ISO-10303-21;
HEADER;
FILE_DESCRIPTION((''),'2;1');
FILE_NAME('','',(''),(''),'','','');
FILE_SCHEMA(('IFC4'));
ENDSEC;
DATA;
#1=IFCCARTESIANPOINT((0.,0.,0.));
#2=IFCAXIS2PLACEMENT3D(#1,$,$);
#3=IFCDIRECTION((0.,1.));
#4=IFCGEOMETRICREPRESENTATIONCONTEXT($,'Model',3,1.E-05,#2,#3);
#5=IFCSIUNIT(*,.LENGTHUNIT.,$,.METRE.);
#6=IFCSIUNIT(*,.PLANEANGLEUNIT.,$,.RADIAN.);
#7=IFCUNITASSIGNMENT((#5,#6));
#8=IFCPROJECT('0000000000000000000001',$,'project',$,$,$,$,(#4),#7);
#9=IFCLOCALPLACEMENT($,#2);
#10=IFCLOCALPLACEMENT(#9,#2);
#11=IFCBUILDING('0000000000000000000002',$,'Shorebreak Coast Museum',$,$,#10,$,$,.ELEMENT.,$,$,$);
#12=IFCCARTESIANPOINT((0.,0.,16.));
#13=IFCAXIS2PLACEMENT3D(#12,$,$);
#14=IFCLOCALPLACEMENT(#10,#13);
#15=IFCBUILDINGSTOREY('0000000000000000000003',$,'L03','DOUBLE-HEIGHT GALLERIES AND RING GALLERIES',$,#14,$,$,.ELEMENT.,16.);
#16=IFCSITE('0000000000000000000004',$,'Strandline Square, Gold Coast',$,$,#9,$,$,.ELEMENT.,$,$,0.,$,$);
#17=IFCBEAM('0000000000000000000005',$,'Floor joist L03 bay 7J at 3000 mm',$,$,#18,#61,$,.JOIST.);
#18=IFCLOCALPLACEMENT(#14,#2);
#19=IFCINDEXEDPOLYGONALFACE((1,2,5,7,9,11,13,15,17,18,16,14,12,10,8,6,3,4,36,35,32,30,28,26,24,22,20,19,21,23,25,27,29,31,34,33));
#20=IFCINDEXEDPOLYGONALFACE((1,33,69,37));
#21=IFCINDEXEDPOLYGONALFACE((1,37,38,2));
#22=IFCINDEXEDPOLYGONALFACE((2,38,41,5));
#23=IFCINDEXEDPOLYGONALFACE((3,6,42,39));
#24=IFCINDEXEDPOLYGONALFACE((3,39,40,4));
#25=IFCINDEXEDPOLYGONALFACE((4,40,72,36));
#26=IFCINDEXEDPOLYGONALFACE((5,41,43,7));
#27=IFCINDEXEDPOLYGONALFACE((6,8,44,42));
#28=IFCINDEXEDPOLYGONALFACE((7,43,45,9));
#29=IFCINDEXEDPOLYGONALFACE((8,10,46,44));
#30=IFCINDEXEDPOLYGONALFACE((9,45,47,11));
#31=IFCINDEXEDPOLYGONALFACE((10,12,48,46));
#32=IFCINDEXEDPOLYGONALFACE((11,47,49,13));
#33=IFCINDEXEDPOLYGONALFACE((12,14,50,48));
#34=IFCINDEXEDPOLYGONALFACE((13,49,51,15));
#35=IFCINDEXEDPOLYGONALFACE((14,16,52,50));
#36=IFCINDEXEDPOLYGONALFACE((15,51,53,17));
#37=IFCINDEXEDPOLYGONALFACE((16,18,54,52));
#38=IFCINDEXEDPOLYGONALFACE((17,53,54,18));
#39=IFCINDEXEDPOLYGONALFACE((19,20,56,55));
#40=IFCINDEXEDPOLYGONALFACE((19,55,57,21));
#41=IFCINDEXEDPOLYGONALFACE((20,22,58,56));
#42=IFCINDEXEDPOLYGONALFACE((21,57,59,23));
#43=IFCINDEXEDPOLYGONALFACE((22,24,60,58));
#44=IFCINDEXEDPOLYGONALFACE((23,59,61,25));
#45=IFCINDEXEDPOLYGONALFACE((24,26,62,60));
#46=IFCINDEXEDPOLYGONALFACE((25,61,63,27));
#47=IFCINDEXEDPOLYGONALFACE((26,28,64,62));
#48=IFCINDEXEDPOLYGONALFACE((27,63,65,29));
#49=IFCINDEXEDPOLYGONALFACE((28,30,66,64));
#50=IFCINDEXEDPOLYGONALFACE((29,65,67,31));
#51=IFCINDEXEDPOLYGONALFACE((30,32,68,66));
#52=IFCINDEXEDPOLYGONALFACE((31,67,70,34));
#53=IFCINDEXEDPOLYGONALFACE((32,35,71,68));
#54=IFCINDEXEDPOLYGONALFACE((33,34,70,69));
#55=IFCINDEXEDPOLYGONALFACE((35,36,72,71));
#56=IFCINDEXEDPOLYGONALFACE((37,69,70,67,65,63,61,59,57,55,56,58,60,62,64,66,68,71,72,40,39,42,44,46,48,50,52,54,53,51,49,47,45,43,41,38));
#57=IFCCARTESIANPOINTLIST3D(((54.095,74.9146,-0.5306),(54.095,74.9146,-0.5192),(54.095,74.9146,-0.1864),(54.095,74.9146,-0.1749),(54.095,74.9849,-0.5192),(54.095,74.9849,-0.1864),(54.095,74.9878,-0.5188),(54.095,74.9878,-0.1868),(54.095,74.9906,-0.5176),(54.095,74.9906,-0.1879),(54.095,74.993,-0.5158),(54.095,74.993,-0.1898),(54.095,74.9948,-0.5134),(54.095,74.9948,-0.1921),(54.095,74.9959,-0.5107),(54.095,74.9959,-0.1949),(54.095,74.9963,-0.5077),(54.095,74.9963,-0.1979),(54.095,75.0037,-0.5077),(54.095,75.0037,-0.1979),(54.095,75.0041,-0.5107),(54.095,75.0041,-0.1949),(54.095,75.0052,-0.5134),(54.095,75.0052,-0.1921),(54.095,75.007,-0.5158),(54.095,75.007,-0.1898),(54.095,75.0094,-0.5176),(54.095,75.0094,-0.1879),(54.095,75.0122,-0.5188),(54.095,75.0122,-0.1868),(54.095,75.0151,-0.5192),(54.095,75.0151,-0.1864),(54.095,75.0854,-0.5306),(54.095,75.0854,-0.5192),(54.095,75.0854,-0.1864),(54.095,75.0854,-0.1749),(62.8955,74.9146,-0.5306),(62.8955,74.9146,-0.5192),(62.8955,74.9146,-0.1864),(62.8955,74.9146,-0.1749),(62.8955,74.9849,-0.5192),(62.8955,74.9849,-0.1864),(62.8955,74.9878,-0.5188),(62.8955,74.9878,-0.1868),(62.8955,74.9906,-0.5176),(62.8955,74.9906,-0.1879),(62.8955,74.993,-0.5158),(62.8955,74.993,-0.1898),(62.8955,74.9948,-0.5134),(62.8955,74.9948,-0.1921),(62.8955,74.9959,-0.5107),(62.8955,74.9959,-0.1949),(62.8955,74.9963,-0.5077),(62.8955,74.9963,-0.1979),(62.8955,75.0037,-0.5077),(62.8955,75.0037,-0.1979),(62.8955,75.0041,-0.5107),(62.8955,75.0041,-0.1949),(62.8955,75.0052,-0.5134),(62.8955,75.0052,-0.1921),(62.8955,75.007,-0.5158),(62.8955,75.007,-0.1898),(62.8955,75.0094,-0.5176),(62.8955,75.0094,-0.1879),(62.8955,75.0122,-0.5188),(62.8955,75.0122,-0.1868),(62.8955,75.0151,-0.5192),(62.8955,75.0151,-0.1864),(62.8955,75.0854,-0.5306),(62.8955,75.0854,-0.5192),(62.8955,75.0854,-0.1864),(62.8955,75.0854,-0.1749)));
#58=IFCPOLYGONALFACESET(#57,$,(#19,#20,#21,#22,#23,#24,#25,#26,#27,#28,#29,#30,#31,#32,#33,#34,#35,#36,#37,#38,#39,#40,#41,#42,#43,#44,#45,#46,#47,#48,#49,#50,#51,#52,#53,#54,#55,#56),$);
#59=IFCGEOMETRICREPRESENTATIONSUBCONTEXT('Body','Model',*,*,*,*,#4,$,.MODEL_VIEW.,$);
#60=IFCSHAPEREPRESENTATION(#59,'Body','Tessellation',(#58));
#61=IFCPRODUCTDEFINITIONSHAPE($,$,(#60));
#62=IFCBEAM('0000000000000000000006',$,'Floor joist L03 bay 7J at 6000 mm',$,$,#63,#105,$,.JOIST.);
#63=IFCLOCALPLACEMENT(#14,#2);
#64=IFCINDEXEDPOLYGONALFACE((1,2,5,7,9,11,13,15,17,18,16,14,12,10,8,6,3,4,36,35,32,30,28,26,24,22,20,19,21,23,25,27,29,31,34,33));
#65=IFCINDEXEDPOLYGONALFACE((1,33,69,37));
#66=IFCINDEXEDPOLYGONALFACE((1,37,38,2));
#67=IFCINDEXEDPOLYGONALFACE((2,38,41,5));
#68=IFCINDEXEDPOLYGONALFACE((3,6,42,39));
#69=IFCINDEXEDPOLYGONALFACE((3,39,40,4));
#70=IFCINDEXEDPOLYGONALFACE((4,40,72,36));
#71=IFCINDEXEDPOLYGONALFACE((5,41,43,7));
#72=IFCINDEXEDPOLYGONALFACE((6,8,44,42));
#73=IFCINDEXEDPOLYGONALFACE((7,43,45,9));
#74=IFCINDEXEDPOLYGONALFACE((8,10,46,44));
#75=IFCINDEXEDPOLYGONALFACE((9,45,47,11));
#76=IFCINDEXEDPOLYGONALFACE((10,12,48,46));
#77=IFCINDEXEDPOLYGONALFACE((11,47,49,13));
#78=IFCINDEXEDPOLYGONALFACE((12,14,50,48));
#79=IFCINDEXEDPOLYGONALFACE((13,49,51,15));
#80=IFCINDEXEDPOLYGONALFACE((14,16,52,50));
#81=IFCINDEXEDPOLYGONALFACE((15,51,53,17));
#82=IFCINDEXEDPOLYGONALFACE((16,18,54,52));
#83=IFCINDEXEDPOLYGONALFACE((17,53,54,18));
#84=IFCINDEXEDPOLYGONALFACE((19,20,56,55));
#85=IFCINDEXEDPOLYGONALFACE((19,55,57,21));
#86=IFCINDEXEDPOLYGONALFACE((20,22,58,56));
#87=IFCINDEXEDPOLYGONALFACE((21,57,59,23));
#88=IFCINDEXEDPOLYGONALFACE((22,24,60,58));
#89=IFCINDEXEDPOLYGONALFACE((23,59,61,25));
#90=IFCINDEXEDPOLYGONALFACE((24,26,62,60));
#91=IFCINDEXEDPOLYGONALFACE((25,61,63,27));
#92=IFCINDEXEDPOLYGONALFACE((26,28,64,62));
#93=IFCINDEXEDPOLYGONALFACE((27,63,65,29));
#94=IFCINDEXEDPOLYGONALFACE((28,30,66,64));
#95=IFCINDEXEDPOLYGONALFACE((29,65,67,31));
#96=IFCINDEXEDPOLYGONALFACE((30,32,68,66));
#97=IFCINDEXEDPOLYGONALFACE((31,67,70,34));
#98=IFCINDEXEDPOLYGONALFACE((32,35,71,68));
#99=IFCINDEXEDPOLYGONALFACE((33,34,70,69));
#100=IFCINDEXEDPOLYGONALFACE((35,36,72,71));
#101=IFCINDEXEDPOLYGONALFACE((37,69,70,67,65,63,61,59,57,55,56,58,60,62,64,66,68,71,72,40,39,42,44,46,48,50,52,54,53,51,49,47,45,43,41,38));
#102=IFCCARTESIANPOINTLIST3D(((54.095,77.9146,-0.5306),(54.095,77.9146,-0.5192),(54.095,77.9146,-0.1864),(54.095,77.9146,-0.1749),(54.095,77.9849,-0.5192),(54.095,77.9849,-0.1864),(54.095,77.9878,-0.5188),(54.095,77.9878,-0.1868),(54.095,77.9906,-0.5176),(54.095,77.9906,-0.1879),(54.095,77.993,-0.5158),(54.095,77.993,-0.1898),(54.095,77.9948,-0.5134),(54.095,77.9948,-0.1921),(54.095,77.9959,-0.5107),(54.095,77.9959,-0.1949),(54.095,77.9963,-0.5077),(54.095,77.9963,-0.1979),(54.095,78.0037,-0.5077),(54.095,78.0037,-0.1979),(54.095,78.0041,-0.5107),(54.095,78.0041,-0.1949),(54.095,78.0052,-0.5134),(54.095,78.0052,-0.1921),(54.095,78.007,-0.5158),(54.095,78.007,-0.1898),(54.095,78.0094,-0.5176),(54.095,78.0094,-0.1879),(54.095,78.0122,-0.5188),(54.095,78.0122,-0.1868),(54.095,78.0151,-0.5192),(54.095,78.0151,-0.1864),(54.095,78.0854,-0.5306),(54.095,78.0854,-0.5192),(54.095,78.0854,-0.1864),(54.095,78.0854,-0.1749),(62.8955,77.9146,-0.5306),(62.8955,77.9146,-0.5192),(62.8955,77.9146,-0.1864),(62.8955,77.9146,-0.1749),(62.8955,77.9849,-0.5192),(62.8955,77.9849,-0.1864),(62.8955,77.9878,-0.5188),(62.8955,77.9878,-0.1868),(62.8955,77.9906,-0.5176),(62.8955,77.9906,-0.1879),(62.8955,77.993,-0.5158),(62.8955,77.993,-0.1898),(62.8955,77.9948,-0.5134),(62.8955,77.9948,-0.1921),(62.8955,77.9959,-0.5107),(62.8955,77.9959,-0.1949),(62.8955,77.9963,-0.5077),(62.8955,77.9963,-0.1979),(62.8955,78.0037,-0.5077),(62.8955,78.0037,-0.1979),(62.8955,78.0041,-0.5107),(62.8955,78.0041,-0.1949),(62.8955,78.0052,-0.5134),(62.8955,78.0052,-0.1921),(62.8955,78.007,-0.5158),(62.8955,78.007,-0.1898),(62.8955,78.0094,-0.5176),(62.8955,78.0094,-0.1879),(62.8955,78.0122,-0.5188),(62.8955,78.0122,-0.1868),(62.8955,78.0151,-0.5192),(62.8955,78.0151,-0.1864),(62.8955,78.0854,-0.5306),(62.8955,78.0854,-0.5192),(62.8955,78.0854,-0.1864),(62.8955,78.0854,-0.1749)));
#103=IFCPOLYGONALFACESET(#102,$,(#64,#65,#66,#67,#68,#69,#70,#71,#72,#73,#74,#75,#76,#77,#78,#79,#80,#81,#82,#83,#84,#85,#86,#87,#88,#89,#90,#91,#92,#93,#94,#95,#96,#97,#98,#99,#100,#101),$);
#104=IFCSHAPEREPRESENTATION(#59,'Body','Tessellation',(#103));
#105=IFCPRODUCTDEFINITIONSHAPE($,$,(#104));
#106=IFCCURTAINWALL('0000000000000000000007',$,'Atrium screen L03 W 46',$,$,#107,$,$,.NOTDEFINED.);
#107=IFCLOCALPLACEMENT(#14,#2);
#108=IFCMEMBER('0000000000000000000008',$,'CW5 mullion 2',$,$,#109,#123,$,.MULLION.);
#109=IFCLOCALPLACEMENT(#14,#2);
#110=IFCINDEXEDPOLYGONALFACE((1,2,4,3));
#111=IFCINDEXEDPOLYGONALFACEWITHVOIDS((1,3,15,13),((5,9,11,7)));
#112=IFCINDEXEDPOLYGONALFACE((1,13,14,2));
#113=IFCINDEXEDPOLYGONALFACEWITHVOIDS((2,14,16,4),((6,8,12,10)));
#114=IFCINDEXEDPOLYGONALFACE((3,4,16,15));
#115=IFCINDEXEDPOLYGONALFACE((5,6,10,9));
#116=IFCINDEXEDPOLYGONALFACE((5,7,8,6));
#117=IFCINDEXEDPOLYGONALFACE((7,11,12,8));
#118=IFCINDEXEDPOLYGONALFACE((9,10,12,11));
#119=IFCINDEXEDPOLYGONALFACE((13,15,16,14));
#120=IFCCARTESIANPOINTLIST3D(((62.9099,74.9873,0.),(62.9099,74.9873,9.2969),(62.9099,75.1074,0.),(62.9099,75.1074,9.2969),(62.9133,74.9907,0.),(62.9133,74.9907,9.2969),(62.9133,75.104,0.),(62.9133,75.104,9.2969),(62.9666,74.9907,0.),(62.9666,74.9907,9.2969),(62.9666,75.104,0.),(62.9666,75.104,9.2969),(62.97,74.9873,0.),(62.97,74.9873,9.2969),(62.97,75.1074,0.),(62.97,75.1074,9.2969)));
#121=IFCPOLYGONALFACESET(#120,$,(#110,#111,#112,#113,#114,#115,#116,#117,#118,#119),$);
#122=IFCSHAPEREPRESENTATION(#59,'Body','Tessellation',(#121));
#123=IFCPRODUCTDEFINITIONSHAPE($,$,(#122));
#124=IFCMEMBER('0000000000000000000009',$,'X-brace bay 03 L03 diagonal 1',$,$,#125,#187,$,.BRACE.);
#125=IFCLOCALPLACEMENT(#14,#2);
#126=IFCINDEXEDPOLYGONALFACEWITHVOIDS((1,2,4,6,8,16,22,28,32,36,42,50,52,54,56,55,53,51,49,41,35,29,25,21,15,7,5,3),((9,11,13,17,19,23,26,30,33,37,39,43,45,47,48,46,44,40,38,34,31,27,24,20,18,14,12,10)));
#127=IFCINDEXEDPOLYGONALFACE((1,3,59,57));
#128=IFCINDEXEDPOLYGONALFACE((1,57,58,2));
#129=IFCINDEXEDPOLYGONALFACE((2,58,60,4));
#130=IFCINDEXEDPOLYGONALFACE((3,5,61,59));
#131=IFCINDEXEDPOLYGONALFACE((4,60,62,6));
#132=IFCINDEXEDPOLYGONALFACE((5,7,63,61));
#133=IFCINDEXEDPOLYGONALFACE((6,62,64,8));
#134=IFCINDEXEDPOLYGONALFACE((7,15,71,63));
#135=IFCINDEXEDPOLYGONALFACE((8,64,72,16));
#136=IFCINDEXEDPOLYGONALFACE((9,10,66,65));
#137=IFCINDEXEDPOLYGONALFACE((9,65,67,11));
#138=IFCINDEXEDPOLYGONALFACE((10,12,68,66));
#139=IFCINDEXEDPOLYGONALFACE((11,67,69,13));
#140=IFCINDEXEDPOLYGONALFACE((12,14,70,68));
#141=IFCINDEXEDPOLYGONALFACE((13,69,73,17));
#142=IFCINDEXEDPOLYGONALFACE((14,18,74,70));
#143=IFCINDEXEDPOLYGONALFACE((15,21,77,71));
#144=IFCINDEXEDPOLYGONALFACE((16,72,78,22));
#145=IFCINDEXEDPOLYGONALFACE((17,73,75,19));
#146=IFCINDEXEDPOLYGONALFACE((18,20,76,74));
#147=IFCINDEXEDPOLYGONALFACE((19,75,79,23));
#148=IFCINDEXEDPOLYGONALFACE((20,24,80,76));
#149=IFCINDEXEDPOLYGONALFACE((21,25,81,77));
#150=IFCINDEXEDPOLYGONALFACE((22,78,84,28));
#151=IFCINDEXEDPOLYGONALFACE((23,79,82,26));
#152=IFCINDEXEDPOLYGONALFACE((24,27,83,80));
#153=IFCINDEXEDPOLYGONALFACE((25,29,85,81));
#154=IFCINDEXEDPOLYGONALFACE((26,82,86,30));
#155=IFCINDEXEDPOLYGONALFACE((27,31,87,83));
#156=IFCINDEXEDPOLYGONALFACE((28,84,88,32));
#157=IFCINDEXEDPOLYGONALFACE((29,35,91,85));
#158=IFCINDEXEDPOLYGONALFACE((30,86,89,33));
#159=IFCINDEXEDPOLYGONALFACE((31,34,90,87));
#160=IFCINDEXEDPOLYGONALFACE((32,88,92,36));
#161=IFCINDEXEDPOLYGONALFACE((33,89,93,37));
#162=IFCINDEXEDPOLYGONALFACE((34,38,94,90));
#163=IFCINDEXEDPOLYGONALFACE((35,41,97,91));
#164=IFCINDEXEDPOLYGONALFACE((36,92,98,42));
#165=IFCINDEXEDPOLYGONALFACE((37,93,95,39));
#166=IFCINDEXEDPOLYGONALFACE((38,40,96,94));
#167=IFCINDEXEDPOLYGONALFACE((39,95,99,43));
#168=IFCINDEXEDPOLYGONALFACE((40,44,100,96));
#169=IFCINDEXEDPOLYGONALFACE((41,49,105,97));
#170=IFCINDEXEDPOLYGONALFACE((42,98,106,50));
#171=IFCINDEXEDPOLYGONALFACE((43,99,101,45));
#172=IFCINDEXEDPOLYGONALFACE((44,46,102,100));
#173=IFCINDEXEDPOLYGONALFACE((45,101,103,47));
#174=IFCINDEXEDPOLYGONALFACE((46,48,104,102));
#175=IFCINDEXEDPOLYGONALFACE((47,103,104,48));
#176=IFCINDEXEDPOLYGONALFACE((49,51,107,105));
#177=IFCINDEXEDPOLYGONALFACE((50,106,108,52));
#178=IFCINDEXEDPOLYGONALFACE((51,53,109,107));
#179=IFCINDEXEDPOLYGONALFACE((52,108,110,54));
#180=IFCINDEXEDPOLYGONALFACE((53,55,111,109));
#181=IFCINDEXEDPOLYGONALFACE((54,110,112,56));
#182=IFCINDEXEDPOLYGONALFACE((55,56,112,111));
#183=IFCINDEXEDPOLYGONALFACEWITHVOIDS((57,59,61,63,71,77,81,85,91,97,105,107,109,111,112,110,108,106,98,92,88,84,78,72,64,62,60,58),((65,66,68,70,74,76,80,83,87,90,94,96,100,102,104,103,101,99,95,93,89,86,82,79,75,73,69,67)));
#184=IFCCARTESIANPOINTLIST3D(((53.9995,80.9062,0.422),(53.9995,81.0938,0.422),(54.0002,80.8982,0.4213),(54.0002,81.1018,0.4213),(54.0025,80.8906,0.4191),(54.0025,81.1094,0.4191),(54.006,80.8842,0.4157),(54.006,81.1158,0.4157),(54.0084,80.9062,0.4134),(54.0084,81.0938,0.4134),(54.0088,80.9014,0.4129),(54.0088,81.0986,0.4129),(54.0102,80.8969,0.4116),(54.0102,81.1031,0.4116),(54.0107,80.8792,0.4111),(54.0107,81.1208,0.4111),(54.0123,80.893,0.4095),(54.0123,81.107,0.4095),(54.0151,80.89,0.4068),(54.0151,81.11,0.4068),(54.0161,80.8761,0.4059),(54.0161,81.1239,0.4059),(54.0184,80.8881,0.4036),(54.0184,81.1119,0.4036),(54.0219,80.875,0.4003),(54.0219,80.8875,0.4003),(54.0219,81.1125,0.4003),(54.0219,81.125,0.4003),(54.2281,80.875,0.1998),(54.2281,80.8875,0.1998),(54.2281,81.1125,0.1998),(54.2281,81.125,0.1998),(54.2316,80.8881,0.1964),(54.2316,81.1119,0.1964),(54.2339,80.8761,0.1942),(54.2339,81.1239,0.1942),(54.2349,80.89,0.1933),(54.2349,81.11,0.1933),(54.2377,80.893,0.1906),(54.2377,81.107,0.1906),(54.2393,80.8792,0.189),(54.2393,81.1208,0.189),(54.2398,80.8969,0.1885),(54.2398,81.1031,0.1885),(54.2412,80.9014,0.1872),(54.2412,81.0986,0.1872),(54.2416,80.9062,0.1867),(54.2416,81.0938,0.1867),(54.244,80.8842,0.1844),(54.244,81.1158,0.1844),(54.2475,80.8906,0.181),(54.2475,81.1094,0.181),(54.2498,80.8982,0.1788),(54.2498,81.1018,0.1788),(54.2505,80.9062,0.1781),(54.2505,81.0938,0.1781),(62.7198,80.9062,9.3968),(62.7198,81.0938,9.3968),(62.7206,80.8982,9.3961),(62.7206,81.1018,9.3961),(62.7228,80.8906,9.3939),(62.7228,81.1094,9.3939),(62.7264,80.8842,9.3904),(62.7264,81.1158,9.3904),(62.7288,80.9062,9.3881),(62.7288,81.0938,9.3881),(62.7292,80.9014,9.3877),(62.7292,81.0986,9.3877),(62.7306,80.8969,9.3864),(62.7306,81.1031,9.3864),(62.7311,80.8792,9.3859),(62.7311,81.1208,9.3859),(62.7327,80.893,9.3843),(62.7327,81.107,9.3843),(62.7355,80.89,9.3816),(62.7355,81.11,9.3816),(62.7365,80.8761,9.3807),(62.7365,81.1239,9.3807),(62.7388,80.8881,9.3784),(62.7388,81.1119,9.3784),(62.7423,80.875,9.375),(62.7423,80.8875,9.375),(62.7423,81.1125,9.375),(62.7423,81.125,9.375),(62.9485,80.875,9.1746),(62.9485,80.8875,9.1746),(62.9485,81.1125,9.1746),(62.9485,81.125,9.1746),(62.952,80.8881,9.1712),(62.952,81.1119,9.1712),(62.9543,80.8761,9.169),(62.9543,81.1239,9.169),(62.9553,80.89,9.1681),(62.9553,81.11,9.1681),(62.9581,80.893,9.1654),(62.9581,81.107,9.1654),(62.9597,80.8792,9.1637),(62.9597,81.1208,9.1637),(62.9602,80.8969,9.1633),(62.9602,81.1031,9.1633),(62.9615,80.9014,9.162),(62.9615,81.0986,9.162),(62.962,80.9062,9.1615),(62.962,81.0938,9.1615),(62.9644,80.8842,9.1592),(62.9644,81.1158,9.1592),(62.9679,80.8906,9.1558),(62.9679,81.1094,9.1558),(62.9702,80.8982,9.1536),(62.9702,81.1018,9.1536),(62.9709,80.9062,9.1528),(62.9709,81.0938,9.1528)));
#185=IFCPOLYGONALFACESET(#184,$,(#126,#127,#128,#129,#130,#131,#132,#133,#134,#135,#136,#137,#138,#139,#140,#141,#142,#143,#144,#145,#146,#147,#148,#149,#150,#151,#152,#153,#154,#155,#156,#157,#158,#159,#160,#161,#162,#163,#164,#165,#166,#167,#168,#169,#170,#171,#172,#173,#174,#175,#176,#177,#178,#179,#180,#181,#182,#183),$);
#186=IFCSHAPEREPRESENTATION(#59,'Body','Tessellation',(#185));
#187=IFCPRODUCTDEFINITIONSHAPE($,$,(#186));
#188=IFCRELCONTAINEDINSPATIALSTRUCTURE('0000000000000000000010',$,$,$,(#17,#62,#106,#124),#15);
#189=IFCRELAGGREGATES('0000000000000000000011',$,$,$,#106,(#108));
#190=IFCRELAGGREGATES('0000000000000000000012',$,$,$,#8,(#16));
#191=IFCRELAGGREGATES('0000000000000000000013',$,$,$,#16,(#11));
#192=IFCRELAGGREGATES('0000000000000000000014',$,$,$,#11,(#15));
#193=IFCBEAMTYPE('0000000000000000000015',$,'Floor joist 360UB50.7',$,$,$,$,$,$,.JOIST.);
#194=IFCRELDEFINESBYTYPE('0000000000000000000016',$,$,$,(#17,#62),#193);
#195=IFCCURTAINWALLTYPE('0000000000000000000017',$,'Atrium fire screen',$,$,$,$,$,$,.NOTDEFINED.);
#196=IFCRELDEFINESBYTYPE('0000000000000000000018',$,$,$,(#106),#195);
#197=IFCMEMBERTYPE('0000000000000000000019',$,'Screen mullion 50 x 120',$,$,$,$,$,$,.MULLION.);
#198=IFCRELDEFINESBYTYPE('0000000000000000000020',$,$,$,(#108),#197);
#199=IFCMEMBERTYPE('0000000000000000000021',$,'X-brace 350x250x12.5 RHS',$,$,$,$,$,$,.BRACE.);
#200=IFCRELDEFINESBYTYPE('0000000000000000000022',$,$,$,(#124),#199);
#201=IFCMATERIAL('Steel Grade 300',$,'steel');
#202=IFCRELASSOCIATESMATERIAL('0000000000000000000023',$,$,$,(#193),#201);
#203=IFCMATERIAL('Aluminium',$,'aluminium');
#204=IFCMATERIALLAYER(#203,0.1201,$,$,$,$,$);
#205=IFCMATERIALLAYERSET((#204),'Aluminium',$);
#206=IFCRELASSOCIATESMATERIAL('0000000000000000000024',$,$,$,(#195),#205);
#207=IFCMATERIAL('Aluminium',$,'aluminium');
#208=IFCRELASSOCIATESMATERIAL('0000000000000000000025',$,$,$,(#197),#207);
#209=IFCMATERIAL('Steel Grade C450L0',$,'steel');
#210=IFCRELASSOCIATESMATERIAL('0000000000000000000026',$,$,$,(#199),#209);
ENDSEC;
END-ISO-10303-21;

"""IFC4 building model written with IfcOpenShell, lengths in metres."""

from ifc_helpers import new_model, si_unit, direction, frame, origin, origin_2d, place, context, subcontext, project, spatial, hollow_rectangle, i_section, extrude, material, layer, layer_set, material_profile, profile_set, type_object, element, aggregate, save


model = new_model("IFC4")

# Units and contexts
model_context = context("Model", 3, precision=1e-05, world=origin(), true_north=direction((0.0, 1.0)))
body_context = subcontext(model_context, "Body", "Model", "MODEL_VIEW")
ifc_project = project(units=[si_unit("LENGTHUNIT", "METRE"), si_unit("PLANEANGLEUNIT", "RADIAN")], contexts=[model_context])

# Site, building, storey
site_placement = place(None, origin())
site = spatial("IfcSite", under=ifc_project, at=site_placement, Name="Strandline Square, Gold Coast", CompositionType="ELEMENT", RefElevation=0.0)
building_placement = place(site_placement, origin())
building = spatial("IfcBuilding", under=site, at=building_placement, Name="Shorebreak Coast Museum", CompositionType="ELEMENT")
storey_placement = place(building_placement, frame((0.0, 0.0, 16.0)))
storey = spatial("IfcBuildingStorey", under=building, at=storey_placement, Name="L03", Description="DOUBLE-HEIGHT GALLERIES AND RING GALLERIES", CompositionType="ELEMENT", Elevation=16.0)

# Beams
ifc_material_1 = material(Name="Steel Grade 300", Category="steel")
ifc_material_profile_1 = material_profile(ifc_material_1, i_section(OverallWidth=0.1709, OverallDepth=0.3557, WebThickness=0.0073, FlangeThickness=0.0115, FilletRadius=0.0115, at=origin_2d()), Name="360UB50.7")
ifc_profile_set_1 = profile_set([ifc_material_profile_1], Name="Steel Grade 300")
beam_type_1 = type_object("IfcBeamType", Name="Floor joist 360UB50.7", PredefinedType="JOIST", material=ifc_profile_set_1)
for number, where, z_axis, x_axis, name in (
    (1, (54.095, 75.0, -0.3528), (1.0, 0.0, 0.0), (0.0, 1.0, 0.0), "Floor joist L03 bay 7J at 3000 mm"),
    (2, (54.095, 78.0, -0.3528), (1.0, 0.0, 0.0), (0.0, 1.0, 0.0), "Floor joist L03 bay 7J at 6000 mm"),
):
    element("IfcBeam", number, at=place(storey_placement, frame(where, z_axis=z_axis, x_axis=x_axis)), inside=storey, type_object=beam_type_1, Name=name, PredefinedType="JOIST", context=body_context, shape_type="SweptSolid", body=[
        extrude(i_section(OverallWidth=0.1709, OverallDepth=0.3557, WebThickness=0.0073, FlangeThickness=0.0115, FilletRadius=0.0115, at=origin_2d()), origin(), (0.0, 0.0, 1.0), 8.8005),
    ])

# Curtain wall, member
ifc_material_2 = material(Name="Aluminium", Category="aluminium")
ifc_layer_1 = layer(ifc_material_2, 0.1201)
ifc_layer_set_1 = layer_set([ifc_layer_1], Name="Aluminium")
curtain_wall_type = type_object("IfcCurtainWallType", Name="Atrium fire screen", PredefinedType="NOTDEFINED", material=ifc_layer_set_1)
curtain_wall_placement = place(storey_placement, origin())
curtain_wall = element("IfcCurtainWall", 3, at=curtain_wall_placement, inside=storey, type_object=curtain_wall_type, Name="Atrium screen L03 W 46", PredefinedType="NOTDEFINED")
ifc_material_3 = material(Name="Aluminium", Category="aluminium")
ifc_material_profile_2 = material_profile(ifc_material_3, hollow_rectangle(XDim=0.0601, YDim=0.1201, WallThickness=0.0034, at=origin_2d()), Name="AL 120x60 RHS")
ifc_profile_set_2 = profile_set([ifc_material_profile_2], Name="Aluminium")
member_type_1 = type_object("IfcMemberType", Name="Screen mullion 50 x 120", PredefinedType="MULLION", material=ifc_profile_set_2)
member_1_placement = place(storey_placement, frame((62.9399, 75.0474, 0.0), z_axis=(0.0, 0.0, 1.0), x_axis=(-1.0, 0.0, 0.0)))
member_1 = element("IfcMember", 4, at=member_1_placement, type_object=member_type_1, Name="CW5 mullion 2", PredefinedType="MULLION", context=body_context, shape_type="SweptSolid", body=[
    extrude(hollow_rectangle(XDim=0.0601, YDim=0.1201, WallThickness=0.0034, at=origin_2d()), origin(), (0.0, 0.0, 1.0), 9.2969),
])
aggregate(curtain_wall, [member_1])

# Member
ifc_material_4 = material(Name="Steel Grade C450L0", Category="steel")
ifc_material_profile_3 = material_profile(ifc_material_4, hollow_rectangle(XDim=0.25, YDim=0.3501, WallThickness=0.0125, InnerFilletRadius=0.0188, OuterFilletRadius=0.0312, at=origin_2d()), Name="350x250x12.5 RHS")
ifc_profile_set_3 = profile_set([ifc_material_profile_3], Name="Steel Grade C450L0")
member_type_2 = type_object("IfcMemberType", Name="X-brace 350x250x12.5 RHS", PredefinedType="BRACE", material=ifc_profile_set_3)
member_2_placement = place(storey_placement, frame((54.125, 81.0, 0.3), z_axis=(0.696869, 0.0, 0.717198), x_axis=(0.0, 1.0, 0.0)))
element("IfcMember", 5, at=member_2_placement, inside=storey, type_object=member_type_2, Name="X-brace bay 03 L03 diagonal 1", PredefinedType="BRACE", context=body_context, shape_type="SweptSolid", body=[
    extrude(hollow_rectangle(XDim=0.25, YDim=0.3501, WallThickness=0.0125, InnerFilletRadius=0.0188, OuterFilletRadius=0.0312, at=origin_2d()), origin(), (0.0, 0.0, 1.0), 12.5137),
])

save(model, "model.ifc")
